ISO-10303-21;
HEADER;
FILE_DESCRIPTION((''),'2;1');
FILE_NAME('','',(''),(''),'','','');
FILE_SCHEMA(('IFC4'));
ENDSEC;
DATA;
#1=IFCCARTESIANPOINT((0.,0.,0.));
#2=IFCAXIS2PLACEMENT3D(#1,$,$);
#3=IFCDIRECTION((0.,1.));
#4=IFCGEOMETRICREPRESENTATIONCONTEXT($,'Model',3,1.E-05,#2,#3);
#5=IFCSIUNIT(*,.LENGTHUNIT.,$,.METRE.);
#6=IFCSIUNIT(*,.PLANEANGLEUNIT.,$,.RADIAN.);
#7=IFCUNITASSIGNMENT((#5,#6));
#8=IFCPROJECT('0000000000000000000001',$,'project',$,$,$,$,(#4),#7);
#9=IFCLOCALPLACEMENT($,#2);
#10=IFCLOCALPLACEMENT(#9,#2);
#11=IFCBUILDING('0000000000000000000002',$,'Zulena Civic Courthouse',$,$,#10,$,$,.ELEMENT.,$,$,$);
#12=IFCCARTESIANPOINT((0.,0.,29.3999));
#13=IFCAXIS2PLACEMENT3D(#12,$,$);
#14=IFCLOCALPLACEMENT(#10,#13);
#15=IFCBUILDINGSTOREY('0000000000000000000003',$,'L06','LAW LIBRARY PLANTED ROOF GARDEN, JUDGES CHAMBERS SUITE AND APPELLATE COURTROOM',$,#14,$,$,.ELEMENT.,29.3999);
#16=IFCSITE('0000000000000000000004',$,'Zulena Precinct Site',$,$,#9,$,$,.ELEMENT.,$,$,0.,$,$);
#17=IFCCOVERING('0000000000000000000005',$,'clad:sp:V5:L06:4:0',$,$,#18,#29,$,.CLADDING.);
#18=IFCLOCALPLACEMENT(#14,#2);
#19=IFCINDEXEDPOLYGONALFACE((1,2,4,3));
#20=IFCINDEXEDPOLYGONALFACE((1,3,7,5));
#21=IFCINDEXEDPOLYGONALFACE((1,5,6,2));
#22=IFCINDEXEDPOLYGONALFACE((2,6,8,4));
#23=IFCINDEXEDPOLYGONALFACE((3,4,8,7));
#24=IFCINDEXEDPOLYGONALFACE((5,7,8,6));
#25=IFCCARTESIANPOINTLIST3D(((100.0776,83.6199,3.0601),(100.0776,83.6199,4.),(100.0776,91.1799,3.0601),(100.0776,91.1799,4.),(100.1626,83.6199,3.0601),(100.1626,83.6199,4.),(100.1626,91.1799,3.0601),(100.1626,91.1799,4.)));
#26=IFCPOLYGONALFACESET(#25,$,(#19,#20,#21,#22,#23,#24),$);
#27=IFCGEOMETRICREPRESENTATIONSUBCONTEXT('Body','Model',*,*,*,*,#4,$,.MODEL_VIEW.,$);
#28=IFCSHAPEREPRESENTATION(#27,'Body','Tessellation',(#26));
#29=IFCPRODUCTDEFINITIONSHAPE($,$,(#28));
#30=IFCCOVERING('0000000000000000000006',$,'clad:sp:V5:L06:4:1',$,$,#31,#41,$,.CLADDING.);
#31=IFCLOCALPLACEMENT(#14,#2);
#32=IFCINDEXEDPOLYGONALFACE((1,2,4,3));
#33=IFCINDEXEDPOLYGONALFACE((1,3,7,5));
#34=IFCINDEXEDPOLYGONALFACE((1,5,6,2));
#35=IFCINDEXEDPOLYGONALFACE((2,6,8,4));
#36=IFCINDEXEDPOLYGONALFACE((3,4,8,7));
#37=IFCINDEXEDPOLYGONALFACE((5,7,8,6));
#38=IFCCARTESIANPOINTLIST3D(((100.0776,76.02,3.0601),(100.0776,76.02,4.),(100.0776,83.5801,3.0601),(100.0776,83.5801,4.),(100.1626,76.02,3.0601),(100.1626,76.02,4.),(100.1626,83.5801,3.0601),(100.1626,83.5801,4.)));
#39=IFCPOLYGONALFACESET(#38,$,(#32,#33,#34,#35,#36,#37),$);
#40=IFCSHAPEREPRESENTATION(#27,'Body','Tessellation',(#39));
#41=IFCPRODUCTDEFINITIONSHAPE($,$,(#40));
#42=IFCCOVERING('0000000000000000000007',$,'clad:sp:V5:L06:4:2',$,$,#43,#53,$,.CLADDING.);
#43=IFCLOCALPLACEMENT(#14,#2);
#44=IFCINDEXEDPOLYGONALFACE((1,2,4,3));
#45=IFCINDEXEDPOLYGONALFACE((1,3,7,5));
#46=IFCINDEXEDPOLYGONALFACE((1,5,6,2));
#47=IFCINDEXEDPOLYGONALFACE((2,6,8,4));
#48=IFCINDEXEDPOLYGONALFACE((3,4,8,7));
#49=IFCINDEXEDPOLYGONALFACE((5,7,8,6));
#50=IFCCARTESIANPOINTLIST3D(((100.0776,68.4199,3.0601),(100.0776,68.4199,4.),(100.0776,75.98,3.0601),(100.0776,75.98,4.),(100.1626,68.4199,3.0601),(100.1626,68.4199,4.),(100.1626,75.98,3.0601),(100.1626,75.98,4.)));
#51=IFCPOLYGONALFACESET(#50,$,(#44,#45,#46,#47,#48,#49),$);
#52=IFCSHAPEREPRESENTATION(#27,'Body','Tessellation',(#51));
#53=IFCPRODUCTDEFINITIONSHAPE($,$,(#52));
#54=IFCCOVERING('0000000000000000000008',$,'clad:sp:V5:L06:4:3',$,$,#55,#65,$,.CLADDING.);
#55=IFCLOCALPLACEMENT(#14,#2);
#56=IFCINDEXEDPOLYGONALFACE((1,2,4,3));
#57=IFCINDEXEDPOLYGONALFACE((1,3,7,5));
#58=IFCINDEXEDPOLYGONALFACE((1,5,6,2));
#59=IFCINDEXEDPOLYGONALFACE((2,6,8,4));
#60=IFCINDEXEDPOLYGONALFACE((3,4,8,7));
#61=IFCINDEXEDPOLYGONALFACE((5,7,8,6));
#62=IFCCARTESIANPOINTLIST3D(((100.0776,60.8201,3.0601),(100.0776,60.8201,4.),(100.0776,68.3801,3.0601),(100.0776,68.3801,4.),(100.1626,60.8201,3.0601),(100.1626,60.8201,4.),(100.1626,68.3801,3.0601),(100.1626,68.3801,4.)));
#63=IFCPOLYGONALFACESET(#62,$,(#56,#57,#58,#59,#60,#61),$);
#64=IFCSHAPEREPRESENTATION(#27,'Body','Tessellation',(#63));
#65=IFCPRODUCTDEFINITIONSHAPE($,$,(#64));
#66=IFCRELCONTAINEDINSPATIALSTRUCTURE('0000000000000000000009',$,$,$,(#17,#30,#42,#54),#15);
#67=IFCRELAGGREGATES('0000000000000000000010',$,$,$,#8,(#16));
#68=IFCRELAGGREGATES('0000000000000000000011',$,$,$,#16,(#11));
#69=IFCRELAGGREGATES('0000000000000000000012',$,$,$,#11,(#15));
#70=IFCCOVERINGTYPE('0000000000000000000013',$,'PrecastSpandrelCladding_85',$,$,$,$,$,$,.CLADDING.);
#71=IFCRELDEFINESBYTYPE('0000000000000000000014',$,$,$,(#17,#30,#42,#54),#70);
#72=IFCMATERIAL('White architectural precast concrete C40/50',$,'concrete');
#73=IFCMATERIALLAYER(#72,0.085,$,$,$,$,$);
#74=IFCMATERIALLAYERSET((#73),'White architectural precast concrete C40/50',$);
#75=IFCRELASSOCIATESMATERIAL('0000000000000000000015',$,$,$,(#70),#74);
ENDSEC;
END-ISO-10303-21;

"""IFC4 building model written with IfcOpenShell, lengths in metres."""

from ifc_helpers import new_model, si_unit, direction, frame, origin, origin_2d, place, context, subcontext, project, spatial, rectangle, extrude, material, layer, layer_set, type_object, element, save


model = new_model("IFC4")

# Units and contexts
model_context = context("Model", 3, precision=1e-05, world=origin(), true_north=direction((0.0, 1.0)))
body_context = subcontext(model_context, "Body", "Model", "MODEL_VIEW")
ifc_project = project(units=[si_unit("LENGTHUNIT", "METRE"), si_unit("PLANEANGLEUNIT", "RADIAN")], contexts=[model_context])

# Site, building, storey
site_placement = place(None, origin())
site = spatial("IfcSite", under=ifc_project, at=site_placement, Name="Zulena Precinct Site", CompositionType="ELEMENT", RefElevation=0.0)
building_placement = place(site_placement, origin())
building = spatial("IfcBuilding", under=site, at=building_placement, Name="Zulena Civic Courthouse", CompositionType="ELEMENT")
storey_placement = place(building_placement, frame((0.0, 0.0, 29.3999)))
storey = spatial("IfcBuildingStorey", under=building, at=storey_placement, Name="L06", Description="LAW LIBRARY PLANTED ROOF GARDEN, JUDGES CHAMBERS SUITE AND APPELLATE COURTROOM", CompositionType="ELEMENT", Elevation=29.3999)

# Coverings
ifc_material_1 = material(Name="White architectural precast concrete C40/50", Category="concrete")
ifc_layer_1 = layer(ifc_material_1, 0.085)
ifc_layer_set_1 = layer_set([ifc_layer_1], Name="White architectural precast concrete C40/50")
covering_type = type_object("IfcCoveringType", Name="PrecastSpandrelCladding_85", PredefinedType="CLADDING", material=ifc_layer_set_1)
for number, where, z_axis, x_axis, name in (
    (1, (100.1201, 87.3999, 3.0601), (0.0, 0.0, 1.0), (0.0, -1.0, 0.0), "clad:sp:V5:L06:4:0"),
    (2, (100.1201, 79.8, 3.0601), (0.0, 0.0, 1.0), (0.0, -1.0, 0.0), "clad:sp:V5:L06:4:1"),
    (3, (100.1201, 72.2, 3.0601), (0.0, 0.0, 1.0), (0.0, -1.0, 0.0), "clad:sp:V5:L06:4:2"),
    (4, (100.1201, 64.6001, 3.0601), (0.0, 0.0, 1.0), (0.0, -1.0, 0.0), "clad:sp:V5:L06:4:3"),
):
    element("IfcCovering", number, at=place(storey_placement, frame(where, z_axis=z_axis, x_axis=x_axis)), inside=storey, type_object=covering_type, Name=name, PredefinedType="CLADDING", context=body_context, shape_type="SweptSolid", body=[
        extrude(rectangle(XDim=7.5601, YDim=0.085, at=origin_2d()), origin(), (0.0, 0.0, 1.0), 0.9399),
    ])

save(model, "model.ifc")
